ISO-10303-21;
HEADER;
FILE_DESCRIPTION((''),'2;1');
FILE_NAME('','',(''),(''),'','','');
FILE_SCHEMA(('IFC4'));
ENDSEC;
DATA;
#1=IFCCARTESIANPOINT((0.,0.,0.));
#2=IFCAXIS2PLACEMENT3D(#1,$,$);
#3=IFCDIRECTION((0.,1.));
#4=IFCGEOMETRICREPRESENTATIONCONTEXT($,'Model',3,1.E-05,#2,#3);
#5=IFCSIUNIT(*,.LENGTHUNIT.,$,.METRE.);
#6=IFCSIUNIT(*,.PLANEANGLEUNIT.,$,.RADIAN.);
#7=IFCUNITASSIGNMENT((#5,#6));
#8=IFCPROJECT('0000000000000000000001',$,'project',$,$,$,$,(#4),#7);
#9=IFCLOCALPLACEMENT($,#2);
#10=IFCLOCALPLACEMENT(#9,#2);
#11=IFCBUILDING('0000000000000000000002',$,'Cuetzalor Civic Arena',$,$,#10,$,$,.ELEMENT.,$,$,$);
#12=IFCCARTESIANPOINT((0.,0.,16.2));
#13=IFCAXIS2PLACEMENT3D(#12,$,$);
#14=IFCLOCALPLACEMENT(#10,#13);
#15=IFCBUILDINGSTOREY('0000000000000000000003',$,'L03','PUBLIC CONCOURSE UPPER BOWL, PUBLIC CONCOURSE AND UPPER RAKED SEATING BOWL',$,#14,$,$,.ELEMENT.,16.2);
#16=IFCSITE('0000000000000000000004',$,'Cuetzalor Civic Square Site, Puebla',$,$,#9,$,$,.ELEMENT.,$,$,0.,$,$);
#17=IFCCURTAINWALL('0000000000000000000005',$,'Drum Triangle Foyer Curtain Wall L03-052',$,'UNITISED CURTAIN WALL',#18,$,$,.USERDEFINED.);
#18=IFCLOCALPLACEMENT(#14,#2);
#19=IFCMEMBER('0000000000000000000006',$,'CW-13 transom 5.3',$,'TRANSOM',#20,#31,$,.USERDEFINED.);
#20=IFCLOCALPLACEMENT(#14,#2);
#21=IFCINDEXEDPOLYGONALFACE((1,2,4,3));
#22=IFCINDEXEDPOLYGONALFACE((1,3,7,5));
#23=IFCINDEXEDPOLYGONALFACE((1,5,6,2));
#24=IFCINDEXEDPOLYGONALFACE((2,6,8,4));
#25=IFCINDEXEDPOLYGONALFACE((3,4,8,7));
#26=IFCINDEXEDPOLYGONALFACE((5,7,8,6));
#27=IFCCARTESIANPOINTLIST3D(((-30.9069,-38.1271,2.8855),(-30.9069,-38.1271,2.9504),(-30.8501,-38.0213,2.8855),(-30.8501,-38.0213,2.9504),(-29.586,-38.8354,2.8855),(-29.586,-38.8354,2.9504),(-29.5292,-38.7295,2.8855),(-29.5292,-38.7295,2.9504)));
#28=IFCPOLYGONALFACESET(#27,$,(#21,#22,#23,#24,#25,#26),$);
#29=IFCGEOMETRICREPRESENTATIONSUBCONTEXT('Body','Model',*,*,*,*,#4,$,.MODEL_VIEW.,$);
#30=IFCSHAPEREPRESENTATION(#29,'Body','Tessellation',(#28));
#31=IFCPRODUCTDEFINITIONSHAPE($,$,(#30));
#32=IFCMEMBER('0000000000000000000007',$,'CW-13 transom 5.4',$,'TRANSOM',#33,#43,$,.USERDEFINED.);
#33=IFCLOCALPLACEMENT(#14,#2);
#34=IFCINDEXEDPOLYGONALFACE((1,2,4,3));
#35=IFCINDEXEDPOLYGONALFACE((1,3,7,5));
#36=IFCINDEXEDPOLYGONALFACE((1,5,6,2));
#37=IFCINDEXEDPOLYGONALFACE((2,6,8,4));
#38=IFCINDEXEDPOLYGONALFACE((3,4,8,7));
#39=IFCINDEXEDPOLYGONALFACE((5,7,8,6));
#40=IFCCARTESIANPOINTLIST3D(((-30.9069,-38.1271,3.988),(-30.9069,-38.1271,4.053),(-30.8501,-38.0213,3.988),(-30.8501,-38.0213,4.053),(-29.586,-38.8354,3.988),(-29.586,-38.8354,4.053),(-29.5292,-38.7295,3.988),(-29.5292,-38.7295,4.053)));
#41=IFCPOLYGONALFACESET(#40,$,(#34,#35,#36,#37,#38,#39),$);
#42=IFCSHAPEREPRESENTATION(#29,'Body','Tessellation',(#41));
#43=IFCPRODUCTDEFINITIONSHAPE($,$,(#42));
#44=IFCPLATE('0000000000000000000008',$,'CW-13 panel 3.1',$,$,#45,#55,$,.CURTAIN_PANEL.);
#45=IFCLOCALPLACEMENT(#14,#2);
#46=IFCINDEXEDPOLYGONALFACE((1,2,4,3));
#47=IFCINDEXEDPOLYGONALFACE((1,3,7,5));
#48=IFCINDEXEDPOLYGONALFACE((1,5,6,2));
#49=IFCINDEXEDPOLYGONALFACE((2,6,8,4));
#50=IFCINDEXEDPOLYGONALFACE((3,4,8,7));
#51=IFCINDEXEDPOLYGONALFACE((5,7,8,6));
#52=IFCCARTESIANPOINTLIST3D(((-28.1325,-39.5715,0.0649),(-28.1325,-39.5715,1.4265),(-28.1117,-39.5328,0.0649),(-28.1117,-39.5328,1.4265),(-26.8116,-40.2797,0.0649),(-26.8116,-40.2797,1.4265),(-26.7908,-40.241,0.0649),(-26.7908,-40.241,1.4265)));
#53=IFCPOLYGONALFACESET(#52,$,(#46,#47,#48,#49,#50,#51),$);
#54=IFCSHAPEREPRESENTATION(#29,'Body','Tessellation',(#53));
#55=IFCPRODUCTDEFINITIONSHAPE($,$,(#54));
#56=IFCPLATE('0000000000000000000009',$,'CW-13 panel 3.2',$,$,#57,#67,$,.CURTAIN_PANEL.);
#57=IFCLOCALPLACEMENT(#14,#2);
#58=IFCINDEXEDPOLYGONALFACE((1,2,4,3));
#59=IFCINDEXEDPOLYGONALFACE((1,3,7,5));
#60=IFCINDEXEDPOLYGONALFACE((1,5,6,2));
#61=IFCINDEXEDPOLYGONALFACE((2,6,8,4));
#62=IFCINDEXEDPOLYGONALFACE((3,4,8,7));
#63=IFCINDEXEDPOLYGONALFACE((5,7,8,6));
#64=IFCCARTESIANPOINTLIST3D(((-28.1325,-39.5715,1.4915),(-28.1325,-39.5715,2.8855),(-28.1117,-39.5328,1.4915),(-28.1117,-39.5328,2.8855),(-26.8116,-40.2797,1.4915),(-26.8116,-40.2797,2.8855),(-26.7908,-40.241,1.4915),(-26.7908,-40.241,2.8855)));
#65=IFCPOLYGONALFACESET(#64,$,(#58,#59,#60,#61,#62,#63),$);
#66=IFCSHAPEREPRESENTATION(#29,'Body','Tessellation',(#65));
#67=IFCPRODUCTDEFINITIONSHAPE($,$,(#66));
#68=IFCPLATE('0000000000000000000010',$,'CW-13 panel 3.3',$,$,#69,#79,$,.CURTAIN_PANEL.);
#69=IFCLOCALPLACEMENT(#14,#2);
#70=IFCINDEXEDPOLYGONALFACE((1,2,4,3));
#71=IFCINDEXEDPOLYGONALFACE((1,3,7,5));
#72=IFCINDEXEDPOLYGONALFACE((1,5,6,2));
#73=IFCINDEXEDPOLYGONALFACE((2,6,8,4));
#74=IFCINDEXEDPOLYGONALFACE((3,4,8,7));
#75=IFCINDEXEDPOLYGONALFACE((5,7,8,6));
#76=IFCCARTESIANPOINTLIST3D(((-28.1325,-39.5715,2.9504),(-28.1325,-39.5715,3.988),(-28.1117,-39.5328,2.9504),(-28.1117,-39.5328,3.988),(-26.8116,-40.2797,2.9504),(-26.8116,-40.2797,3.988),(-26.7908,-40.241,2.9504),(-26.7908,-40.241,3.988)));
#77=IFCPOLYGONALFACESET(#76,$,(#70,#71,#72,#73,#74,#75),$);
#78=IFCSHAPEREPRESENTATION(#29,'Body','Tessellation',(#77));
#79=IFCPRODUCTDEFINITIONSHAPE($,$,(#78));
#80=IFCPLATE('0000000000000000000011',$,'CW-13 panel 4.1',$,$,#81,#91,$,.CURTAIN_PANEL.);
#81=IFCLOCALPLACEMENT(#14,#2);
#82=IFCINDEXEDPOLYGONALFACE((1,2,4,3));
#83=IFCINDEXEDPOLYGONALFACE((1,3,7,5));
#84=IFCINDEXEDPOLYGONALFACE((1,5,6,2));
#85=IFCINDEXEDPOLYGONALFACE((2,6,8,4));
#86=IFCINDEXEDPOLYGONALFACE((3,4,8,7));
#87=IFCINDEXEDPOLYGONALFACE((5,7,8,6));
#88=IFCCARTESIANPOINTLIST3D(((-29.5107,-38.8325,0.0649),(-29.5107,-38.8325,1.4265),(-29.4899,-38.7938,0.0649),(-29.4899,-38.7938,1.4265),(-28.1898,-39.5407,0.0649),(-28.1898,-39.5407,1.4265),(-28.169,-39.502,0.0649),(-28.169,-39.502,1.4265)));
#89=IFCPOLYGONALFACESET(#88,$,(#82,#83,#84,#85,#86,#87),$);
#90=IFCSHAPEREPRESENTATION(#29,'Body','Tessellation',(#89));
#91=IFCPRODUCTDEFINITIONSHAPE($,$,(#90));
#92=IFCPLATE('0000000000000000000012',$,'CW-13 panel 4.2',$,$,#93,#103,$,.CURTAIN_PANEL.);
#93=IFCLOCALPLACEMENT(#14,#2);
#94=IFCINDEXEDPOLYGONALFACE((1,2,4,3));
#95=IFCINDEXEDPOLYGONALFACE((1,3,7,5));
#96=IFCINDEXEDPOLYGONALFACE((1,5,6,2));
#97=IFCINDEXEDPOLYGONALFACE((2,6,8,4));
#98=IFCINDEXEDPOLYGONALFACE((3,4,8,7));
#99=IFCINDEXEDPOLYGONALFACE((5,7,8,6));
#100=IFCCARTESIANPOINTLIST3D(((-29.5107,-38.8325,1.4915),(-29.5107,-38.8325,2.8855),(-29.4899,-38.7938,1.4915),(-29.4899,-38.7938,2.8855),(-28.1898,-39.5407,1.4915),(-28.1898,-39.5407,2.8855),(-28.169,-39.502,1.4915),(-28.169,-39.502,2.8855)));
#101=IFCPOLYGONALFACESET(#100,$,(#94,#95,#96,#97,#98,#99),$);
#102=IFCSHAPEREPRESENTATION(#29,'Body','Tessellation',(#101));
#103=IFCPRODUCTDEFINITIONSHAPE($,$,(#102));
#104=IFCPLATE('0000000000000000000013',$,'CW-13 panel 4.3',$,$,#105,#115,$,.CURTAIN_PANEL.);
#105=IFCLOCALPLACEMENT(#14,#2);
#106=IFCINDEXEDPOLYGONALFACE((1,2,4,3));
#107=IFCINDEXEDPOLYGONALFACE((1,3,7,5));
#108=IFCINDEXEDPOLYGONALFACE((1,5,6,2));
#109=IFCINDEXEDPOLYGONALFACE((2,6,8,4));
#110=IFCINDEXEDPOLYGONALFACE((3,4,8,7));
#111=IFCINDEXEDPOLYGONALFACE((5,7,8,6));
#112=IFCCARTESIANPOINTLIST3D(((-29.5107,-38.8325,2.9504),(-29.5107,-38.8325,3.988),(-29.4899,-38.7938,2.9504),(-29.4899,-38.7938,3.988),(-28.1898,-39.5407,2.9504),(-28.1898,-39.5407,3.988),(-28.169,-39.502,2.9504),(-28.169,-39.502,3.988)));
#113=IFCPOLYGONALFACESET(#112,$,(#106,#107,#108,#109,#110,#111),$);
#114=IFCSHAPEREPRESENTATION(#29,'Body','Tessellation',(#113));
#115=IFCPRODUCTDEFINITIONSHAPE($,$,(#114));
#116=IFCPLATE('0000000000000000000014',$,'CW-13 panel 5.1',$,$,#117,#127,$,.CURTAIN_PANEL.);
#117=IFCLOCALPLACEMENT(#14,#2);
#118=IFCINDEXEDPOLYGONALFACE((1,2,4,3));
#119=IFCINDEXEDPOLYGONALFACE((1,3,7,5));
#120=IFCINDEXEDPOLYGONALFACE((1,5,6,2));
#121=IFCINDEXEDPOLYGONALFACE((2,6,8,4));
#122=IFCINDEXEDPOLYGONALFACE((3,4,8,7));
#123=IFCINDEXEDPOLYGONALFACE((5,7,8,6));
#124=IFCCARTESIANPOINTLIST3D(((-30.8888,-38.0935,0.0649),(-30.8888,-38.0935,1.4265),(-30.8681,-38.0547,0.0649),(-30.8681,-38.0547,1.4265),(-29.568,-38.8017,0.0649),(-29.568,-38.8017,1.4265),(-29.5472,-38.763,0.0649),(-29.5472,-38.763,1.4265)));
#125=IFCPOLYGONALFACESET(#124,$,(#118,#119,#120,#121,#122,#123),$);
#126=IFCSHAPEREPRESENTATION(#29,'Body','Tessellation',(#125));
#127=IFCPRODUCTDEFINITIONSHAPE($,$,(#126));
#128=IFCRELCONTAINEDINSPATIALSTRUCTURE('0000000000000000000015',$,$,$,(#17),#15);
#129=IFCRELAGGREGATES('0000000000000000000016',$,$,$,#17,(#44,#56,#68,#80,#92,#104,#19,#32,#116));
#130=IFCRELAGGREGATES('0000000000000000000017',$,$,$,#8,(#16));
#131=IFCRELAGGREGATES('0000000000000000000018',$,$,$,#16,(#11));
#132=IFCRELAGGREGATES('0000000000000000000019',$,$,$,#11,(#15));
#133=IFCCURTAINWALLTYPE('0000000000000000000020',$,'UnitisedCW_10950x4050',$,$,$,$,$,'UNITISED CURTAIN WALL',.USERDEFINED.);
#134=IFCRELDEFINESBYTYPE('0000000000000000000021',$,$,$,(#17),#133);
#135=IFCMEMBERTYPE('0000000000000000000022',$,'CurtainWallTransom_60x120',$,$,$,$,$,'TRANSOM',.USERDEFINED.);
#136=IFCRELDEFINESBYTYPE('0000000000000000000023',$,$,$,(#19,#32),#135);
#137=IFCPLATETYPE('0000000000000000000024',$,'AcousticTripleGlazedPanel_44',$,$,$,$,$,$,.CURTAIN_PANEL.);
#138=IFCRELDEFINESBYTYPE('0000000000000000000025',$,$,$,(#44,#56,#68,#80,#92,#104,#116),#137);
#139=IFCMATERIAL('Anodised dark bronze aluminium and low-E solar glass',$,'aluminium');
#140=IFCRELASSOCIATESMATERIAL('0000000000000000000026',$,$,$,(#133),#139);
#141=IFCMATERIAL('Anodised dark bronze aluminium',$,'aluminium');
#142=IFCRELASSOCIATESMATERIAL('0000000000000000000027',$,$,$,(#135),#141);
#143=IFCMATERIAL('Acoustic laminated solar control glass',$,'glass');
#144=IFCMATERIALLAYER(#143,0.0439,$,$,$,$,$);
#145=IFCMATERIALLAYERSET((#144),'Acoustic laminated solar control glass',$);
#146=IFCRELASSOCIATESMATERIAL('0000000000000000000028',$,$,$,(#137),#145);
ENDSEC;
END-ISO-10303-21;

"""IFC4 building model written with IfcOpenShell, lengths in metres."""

from ifc_helpers import new_model, si_unit, direction, frame, origin, origin_2d, place, context, subcontext, project, spatial, rectangle, extrude, material, layer, layer_set, material_profile, profile_set, type_object, element, aggregate, save


model = new_model("IFC4")

# Units and contexts
model_context = context("Model", 3, precision=1e-05, world=origin(), true_north=direction((0.0, 1.0)))
body_context = subcontext(model_context, "Body", "Model", "MODEL_VIEW")
ifc_project = project(units=[si_unit("LENGTHUNIT", "METRE"), si_unit("PLANEANGLEUNIT", "RADIAN")], contexts=[model_context])

# Site, building, storey
site_placement = place(None, origin())
site = spatial("IfcSite", under=ifc_project, at=site_placement, Name="Cuetzalor Civic Square Site, Puebla", CompositionType="ELEMENT", RefElevation=0.0)
building_placement = place(site_placement, origin())
building = spatial("IfcBuilding", under=site, at=building_placement, Name="Cuetzalor Civic Arena", CompositionType="ELEMENT")
storey_placement = place(building_placement, frame((0.0, 0.0, 16.2)))
storey = spatial("IfcBuildingStorey", under=building, at=storey_placement, Name="L03", Description="PUBLIC CONCOURSE UPPER BOWL, PUBLIC CONCOURSE AND UPPER RAKED SEATING BOWL", CompositionType="ELEMENT", Elevation=16.2)

# Curtain wall, members, plates
ifc_material_1 = material(Name="Anodised dark bronze aluminium and low-E solar glass", Category="aluminium")
curtain_wall_type = type_object("IfcCurtainWallType", Name="UnitisedCW_10950x4050", ElementType="UNITISED CURTAIN WALL", PredefinedType="USERDEFINED", material=ifc_material_1)
curtain_wall_placement = place(storey_placement, origin())
curtain_wall = element("IfcCurtainWall", 1, at=curtain_wall_placement, inside=storey, type_object=curtain_wall_type, Name="Drum Triangle Foyer Curtain Wall L03-052", ObjectType="UNITISED CURTAIN WALL", PredefinedType="USERDEFINED")
ifc_material_2 = material(Name="Anodised dark bronze aluminium", Category="aluminium")
ifc_material_profile_1 = material_profile(ifc_material_2, rectangle(XDim=0.1201, YDim=0.0649, at=origin_2d()), Name="ALU TRANSOM 65x120")
ifc_profile_set_1 = profile_set([ifc_material_profile_1], Name="Anodised dark bronze aluminium")
member_type_1 = type_object("IfcMemberType", Name="CurtainWallTransom_60x120", ElementType="TRANSOM", PredefinedType="USERDEFINED", material=ifc_profile_set_1)
member_1_placement = place(storey_placement, frame((-29.5576, -38.7825, 2.918), z_axis=(-0.881291, 0.472574, 0.0), x_axis=(-0.472574, -0.881291, 0.0)))
member_1 = element("IfcMember", 2, at=member_1_placement, type_object=member_type_1, Name="CW-13 transom 5.3", ObjectType="TRANSOM", PredefinedType="USERDEFINED", context=body_context, shape_type="SweptSolid", body=[
    extrude(rectangle(XDim=0.1201, YDim=0.0649, at=origin_2d()), origin(), (0.0, 0.0, 1.0), 1.4988),
])
member_2_placement = place(storey_placement, frame((-29.5576, -38.7825, 4.0205), z_axis=(-0.881291, 0.472574, 0.0), x_axis=(-0.472574, -0.881291, 0.0)))
member_2 = element("IfcMember", 3, at=member_2_placement, type_object=member_type_1, Name="CW-13 transom 5.4", ObjectType="TRANSOM", PredefinedType="USERDEFINED", context=body_context, shape_type="SweptSolid", body=[
    extrude(rectangle(XDim=0.1201, YDim=0.0649, at=origin_2d()), origin(), (0.0, 0.0, 1.0), 1.4988),
])
ifc_material_3 = material(Name="Acoustic laminated solar control glass", Category="glass")
ifc_layer = layer(ifc_material_3, 0.0439)
ifc_layer_set = layer_set([ifc_layer], Name="Acoustic laminated solar control glass")
plate_type = type_object("IfcPlateType", Name="AcousticTripleGlazedPanel_44", PredefinedType="CURTAIN_PANEL", material=ifc_layer_set)
plate_1_placement = place(storey_placement, frame((-27.4617, -39.9062, 0.0649), z_axis=(0.0, 0.0, 1.0), x_axis=(-0.881306, 0.472545, 0.0)))
plate_1 = element("IfcPlate", 4, at=plate_1_placement, type_object=plate_type, Name="CW-13 panel 3.1", PredefinedType="CURTAIN_PANEL", context=body_context, shape_type="SweptSolid", body=[
    extrude(rectangle(XDim=1.4988, YDim=0.0439, at=origin_2d()), origin(), (0.0, 0.0, 1.0), 1.3616),
])
plate_2_placement = place(storey_placement, frame((-27.4617, -39.9062, 1.4915), z_axis=(0.0, 0.0, 1.0), x_axis=(-0.881306, 0.472545, 0.0)))
plate_2 = element("IfcPlate", 5, at=plate_2_placement, type_object=plate_type, Name="CW-13 panel 3.2", PredefinedType="CURTAIN_PANEL", context=body_context, shape_type="SweptSolid", body=[
    extrude(rectangle(XDim=1.4988, YDim=0.0439, at=origin_2d()), origin(), (0.0, 0.0, 1.0), 1.394),
])
plate_3_placement = place(storey_placement, frame((-27.4617, -39.9062, 2.9504), z_axis=(0.0, 0.0, 1.0), x_axis=(-0.881306, 0.472545, 0.0)))
plate_3 = element("IfcPlate", 6, at=plate_3_placement, type_object=plate_type, Name="CW-13 panel 3.3", PredefinedType="CURTAIN_PANEL", context=body_context, shape_type="SweptSolid", body=[
    extrude(rectangle(XDim=1.4988, YDim=0.0439, at=origin_2d()), origin(), (0.0, 0.0, 1.0), 1.0376),
])
plate_4_placement = place(storey_placement, frame((-28.8398, -39.1672, 0.0649), z_axis=(0.0, 0.0, 1.0), x_axis=(-0.881306, 0.472545, 0.0)))
plate_4 = element("IfcPlate", 7, at=plate_4_placement, type_object=plate_type, Name="CW-13 panel 4.1", PredefinedType="CURTAIN_PANEL", context=body_context, shape_type="SweptSolid", body=[
    extrude(rectangle(XDim=1.4988, YDim=0.0439, at=origin_2d()), origin(), (0.0, 0.0, 1.0), 1.3616),
])
plate_5_placement = place(storey_placement, frame((-28.8398, -39.1672, 1.4915), z_axis=(0.0, 0.0, 1.0), x_axis=(-0.881306, 0.472545, 0.0)))
plate_5 = element("IfcPlate", 8, at=plate_5_placement, type_object=plate_type, Name="CW-13 panel 4.2", PredefinedType="CURTAIN_PANEL", context=body_context, shape_type="SweptSolid", body=[
    extrude(rectangle(XDim=1.4988, YDim=0.0439, at=origin_2d()), origin(), (0.0, 0.0, 1.0), 1.394),
])
plate_6_placement = place(storey_placement, frame((-28.8398, -39.1672, 2.9504), z_axis=(0.0, 0.0, 1.0), x_axis=(-0.881306, 0.472545, 0.0)))
plate_6 = element("IfcPlate", 9, at=plate_6_placement, type_object=plate_type, Name="CW-13 panel 4.3", PredefinedType="CURTAIN_PANEL", context=body_context, shape_type="SweptSolid", body=[
    extrude(rectangle(XDim=1.4988, YDim=0.0439, at=origin_2d()), origin(), (0.0, 0.0, 1.0), 1.0376),
])
plate_7_placement = place(storey_placement, frame((-30.218, -38.4282, 0.0649), z_axis=(0.0, 0.0, 1.0), x_axis=(-0.881306, 0.472545, 0.0)))
plate_7 = element("IfcPlate", 10, at=plate_7_placement, type_object=plate_type, Name="CW-13 panel 5.1", PredefinedType="CURTAIN_PANEL", context=body_context, shape_type="SweptSolid", body=[
    extrude(rectangle(XDim=1.4988, YDim=0.0439, at=origin_2d()), origin(), (0.0, 0.0, 1.0), 1.3616),
])
aggregate(curtain_wall, [plate_1, plate_2, plate_3, plate_4, plate_5, plate_6, member_1, member_2, plate_7])

save(model, "model.ifc")
